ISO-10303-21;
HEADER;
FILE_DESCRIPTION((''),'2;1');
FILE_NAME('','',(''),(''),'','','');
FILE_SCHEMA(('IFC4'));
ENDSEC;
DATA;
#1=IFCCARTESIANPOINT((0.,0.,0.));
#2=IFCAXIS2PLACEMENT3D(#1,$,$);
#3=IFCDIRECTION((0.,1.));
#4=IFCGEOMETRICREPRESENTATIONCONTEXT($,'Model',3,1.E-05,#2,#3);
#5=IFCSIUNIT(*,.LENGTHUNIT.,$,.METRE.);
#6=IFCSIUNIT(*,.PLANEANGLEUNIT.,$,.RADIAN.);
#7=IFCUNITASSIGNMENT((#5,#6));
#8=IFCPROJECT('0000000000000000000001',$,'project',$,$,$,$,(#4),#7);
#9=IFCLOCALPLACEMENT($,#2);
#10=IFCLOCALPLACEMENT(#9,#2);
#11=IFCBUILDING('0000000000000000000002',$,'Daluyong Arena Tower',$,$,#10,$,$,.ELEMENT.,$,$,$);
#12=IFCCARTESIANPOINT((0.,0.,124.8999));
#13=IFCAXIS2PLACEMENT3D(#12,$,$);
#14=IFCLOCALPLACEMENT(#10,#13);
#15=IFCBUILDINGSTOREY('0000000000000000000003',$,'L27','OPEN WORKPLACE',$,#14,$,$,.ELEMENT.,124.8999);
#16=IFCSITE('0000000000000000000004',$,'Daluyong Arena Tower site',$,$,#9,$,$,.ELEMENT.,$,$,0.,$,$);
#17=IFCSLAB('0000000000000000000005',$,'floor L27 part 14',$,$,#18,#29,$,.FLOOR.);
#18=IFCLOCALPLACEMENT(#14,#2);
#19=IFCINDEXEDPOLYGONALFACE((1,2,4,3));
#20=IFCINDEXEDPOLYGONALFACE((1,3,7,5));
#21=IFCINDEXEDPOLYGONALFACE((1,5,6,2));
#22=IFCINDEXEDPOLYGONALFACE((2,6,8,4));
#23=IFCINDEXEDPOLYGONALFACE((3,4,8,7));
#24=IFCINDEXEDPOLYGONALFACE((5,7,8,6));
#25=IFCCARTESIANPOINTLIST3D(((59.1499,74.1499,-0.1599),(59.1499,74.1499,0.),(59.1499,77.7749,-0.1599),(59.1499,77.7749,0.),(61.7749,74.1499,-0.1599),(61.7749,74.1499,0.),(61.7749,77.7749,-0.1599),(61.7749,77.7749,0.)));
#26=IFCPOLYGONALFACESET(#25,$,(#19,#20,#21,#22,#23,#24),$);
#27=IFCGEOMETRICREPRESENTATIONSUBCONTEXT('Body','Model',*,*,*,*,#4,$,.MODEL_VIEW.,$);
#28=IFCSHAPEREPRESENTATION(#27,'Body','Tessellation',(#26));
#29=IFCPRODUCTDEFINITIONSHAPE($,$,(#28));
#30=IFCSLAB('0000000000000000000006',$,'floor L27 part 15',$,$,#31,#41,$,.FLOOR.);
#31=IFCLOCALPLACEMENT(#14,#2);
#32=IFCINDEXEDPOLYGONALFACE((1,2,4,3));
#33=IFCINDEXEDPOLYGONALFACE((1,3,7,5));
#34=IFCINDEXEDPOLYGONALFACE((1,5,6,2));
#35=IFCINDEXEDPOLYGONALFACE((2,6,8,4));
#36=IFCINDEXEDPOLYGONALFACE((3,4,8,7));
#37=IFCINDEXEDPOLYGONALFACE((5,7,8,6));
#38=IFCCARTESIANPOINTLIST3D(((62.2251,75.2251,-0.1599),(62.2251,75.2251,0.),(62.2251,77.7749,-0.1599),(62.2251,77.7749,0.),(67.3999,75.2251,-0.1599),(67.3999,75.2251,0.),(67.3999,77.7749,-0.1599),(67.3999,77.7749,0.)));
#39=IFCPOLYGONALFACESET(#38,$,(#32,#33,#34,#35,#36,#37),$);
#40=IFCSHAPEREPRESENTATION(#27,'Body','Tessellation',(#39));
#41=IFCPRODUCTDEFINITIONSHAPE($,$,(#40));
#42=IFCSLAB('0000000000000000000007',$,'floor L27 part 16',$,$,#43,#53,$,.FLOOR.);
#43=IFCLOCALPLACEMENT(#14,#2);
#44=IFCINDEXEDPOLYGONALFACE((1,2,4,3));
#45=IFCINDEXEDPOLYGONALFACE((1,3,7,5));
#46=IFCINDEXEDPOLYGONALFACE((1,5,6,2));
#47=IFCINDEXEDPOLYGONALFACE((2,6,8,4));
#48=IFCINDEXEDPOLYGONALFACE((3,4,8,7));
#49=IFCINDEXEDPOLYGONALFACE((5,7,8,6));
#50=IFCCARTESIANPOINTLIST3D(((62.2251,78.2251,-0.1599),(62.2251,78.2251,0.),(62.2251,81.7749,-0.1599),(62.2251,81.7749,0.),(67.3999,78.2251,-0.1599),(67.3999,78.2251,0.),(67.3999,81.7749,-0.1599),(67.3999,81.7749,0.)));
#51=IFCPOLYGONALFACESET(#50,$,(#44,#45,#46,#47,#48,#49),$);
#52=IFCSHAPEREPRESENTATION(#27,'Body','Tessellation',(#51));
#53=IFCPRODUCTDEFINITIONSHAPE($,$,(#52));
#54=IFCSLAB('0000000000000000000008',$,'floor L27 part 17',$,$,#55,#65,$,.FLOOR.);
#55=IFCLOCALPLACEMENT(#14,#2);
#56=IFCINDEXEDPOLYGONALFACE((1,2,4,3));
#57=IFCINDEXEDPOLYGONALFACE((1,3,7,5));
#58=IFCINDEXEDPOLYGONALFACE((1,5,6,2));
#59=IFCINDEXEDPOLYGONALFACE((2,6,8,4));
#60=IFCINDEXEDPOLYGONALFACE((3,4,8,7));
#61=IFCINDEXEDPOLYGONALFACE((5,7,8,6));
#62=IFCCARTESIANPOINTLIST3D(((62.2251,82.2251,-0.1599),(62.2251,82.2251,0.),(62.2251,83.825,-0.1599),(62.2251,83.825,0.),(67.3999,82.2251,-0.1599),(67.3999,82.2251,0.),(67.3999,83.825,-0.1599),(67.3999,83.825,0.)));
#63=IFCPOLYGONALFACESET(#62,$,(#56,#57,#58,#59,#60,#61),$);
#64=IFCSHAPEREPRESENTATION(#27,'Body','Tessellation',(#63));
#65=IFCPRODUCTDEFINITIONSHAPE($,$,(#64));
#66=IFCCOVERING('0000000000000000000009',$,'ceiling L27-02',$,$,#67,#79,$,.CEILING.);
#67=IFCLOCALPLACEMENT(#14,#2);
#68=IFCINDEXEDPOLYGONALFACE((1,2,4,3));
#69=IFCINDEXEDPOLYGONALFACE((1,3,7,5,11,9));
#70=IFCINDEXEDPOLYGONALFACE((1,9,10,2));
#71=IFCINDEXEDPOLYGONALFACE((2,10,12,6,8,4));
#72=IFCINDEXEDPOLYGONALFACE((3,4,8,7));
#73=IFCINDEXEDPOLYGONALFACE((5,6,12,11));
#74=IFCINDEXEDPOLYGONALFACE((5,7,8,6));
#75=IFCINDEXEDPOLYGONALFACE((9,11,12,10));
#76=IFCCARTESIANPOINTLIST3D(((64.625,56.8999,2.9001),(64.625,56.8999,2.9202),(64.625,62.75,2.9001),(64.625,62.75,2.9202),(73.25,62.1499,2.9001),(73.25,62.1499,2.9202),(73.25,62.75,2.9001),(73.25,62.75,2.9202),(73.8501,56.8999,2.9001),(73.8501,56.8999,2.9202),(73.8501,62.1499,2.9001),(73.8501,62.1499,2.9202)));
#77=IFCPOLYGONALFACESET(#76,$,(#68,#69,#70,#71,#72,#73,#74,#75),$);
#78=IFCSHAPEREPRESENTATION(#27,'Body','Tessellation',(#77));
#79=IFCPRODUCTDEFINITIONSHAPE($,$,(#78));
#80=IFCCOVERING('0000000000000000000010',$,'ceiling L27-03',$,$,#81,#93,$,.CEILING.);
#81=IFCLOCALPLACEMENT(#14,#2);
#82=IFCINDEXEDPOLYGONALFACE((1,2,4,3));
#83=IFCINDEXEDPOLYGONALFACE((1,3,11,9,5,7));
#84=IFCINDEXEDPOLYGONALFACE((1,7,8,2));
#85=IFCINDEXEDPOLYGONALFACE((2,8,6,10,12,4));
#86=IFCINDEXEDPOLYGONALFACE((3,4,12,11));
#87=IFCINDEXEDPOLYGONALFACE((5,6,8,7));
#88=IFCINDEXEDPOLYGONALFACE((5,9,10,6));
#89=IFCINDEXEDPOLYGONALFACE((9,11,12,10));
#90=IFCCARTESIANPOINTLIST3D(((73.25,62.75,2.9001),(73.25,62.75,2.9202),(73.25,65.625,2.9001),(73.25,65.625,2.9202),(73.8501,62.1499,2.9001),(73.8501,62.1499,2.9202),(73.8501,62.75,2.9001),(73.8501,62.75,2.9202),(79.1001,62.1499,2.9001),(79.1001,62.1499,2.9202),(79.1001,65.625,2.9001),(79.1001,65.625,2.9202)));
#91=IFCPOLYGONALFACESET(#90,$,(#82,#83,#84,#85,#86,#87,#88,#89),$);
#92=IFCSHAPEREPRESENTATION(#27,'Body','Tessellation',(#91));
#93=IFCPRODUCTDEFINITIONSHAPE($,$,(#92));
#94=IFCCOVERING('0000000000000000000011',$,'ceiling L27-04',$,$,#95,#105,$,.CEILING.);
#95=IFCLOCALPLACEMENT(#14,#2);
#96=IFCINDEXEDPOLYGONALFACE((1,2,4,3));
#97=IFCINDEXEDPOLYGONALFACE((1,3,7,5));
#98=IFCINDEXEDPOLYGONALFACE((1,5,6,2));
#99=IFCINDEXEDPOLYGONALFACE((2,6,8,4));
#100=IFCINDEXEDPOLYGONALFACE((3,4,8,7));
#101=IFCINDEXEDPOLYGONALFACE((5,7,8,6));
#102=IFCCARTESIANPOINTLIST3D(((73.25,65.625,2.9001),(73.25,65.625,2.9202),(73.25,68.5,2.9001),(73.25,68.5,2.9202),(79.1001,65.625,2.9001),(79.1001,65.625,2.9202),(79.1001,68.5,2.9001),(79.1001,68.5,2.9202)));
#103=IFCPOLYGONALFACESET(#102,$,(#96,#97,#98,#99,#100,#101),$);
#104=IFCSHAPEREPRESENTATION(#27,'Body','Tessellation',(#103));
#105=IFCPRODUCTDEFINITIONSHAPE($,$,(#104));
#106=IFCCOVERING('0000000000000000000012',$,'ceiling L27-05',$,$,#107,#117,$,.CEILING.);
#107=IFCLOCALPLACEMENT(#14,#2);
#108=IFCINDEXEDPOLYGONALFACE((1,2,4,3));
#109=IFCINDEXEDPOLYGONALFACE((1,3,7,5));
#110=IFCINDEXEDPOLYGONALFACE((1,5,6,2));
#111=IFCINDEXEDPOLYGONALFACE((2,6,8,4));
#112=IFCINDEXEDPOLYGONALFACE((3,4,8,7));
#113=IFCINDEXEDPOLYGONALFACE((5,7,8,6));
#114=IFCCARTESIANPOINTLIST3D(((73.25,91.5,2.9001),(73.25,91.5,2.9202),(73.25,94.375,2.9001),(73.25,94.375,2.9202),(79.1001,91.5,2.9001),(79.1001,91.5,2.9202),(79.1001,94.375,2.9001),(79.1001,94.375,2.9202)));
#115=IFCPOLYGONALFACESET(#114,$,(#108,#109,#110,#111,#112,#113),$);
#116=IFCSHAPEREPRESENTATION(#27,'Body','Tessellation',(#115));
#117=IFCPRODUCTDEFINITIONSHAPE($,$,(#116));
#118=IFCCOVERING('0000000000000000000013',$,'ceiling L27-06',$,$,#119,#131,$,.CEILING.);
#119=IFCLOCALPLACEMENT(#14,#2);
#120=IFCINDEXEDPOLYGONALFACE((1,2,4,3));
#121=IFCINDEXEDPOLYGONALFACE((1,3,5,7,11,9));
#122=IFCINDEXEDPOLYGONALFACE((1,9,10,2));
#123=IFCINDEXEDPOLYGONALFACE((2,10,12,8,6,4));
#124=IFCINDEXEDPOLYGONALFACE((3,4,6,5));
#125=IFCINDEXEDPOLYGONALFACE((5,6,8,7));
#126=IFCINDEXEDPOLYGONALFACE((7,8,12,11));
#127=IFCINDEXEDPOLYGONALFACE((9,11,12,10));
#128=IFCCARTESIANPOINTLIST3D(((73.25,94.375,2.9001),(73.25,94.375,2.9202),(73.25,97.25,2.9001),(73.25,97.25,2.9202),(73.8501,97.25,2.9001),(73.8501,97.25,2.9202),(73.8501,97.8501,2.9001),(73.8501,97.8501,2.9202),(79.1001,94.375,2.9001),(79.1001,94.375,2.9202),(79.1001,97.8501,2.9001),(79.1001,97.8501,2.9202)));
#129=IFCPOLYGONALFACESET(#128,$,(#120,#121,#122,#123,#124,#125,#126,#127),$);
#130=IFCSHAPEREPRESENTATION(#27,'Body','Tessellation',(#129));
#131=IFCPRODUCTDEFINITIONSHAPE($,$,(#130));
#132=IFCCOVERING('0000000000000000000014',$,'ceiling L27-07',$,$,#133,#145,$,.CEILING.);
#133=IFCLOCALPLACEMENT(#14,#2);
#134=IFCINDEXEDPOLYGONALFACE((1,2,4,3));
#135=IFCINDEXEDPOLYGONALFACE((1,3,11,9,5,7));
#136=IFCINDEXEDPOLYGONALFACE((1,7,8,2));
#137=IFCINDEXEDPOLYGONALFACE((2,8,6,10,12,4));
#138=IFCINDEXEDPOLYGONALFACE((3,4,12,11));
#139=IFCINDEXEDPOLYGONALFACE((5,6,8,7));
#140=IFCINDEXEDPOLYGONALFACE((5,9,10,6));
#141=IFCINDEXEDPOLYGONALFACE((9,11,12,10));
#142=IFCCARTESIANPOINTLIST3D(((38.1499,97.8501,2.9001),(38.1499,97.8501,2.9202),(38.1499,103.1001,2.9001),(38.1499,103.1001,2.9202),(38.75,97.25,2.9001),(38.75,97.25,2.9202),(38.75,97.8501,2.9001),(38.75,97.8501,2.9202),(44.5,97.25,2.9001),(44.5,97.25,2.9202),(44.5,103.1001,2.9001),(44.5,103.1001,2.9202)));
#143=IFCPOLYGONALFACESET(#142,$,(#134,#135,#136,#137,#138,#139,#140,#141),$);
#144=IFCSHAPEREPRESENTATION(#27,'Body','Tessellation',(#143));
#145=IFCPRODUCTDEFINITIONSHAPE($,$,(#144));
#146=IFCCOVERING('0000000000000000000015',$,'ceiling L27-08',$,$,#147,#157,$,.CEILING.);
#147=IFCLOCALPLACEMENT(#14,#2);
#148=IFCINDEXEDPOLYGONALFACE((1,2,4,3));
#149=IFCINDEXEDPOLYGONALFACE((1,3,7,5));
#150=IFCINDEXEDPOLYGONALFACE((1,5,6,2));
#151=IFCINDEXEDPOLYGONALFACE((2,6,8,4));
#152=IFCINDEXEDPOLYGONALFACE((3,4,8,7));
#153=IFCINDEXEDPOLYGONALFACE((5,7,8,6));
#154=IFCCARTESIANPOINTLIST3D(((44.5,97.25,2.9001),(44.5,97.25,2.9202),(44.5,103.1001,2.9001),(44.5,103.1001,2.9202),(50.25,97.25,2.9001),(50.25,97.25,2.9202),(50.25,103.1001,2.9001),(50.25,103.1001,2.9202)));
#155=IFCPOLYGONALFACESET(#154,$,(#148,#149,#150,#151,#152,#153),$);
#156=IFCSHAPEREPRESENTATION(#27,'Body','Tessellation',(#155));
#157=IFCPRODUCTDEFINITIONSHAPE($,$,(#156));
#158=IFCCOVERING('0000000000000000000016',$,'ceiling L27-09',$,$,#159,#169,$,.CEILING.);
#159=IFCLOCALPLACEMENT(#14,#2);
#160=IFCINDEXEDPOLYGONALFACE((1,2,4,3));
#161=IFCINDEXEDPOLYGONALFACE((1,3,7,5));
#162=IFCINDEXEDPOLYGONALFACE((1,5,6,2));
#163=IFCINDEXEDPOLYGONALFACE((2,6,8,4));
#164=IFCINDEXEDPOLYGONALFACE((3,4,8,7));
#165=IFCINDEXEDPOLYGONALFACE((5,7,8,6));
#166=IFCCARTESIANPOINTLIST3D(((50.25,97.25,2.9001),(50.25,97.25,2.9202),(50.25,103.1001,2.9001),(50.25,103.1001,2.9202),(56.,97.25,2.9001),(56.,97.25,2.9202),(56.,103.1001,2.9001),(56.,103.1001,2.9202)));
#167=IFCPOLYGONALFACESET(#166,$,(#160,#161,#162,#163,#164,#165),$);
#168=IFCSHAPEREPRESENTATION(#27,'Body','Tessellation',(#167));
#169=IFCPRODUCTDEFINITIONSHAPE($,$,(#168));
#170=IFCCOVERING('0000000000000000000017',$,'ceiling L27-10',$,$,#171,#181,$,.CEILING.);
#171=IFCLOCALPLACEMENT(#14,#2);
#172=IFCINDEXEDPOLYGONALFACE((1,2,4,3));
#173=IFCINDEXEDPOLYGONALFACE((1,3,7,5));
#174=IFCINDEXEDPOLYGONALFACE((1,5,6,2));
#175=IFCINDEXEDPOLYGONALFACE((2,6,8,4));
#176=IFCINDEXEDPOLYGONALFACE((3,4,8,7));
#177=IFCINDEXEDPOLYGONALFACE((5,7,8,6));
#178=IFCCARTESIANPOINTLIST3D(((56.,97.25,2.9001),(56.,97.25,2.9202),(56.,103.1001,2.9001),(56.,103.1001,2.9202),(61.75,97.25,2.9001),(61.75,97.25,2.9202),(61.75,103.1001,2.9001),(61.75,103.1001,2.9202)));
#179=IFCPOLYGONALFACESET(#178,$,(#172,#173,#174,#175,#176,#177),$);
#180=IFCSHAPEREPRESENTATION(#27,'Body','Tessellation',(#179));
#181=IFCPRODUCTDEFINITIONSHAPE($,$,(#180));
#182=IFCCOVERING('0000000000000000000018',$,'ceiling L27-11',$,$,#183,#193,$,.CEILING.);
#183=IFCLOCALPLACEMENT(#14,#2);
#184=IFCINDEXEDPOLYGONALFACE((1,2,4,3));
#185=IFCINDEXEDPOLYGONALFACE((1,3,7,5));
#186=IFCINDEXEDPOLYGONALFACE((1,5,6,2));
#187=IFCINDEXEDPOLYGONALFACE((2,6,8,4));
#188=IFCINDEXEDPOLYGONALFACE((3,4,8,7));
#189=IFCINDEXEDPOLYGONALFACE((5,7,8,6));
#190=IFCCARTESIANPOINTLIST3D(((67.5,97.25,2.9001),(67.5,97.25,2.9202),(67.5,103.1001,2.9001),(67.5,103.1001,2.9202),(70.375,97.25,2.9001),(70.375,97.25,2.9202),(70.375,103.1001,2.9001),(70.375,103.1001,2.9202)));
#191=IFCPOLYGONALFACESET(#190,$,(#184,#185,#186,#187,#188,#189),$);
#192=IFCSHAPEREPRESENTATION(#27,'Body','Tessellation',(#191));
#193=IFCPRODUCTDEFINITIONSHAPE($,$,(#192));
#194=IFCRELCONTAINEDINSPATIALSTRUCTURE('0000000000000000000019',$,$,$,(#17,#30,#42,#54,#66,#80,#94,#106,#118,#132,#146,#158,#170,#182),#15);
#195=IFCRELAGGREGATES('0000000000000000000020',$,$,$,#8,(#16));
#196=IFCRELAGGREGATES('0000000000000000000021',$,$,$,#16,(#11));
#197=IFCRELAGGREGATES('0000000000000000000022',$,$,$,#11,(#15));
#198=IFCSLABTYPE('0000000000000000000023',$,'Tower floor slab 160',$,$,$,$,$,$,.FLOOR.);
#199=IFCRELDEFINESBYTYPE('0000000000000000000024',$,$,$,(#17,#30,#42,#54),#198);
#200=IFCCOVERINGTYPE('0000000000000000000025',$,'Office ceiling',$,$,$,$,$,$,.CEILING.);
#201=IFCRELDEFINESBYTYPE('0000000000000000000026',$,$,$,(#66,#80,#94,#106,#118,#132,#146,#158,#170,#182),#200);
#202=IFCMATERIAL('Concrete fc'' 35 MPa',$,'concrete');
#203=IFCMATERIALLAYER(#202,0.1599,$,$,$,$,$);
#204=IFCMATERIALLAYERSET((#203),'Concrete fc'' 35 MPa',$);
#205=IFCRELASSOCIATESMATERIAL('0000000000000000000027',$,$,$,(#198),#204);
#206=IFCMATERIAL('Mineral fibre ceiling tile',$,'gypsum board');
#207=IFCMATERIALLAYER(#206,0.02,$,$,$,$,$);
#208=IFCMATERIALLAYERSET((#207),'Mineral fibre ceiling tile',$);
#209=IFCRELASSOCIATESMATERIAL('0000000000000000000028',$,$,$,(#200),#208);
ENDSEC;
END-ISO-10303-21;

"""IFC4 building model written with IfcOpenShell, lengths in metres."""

from ifc_helpers import new_model, si_unit, direction, frame, origin, place, context, subcontext, project, spatial, polyline, outline, extrude, material, layer, layer_set, type_object, element, save


model = new_model("IFC4")

# Units and contexts
model_context = context("Model", 3, precision=1e-05, world=origin(), true_north=direction((0.0, 1.0)))
body_context = subcontext(model_context, "Body", "Model", "MODEL_VIEW")
ifc_project = project(units=[si_unit("LENGTHUNIT", "METRE"), si_unit("PLANEANGLEUNIT", "RADIAN")], contexts=[model_context])

# Site, building, storey
site_placement = place(None, origin())
site = spatial("IfcSite", under=ifc_project, at=site_placement, Name="Daluyong Arena Tower site", CompositionType="ELEMENT", RefElevation=0.0)
building_placement = place(site_placement, origin())
building = spatial("IfcBuilding", under=site, at=building_placement, Name="Daluyong Arena Tower", CompositionType="ELEMENT")
storey_placement = place(building_placement, frame((0.0, 0.0, 124.8999)))
storey = spatial("IfcBuildingStorey", under=building, at=storey_placement, Name="L27", Description="OPEN WORKPLACE", CompositionType="ELEMENT", Elevation=124.8999)

# Slabs
ifc_material_1 = material(Name="Concrete fc' 35 MPa", Category="concrete")
ifc_layer_1 = layer(ifc_material_1, 0.1599)
ifc_layer_set_1 = layer_set([ifc_layer_1], Name="Concrete fc' 35 MPa")
slab_type = type_object("IfcSlabType", Name="Tower floor slab 160", PredefinedType="FLOOR", material=ifc_layer_set_1)
slab_1_placement = place(storey_placement, frame((0.0, 0.0, -0.1599)))
element("IfcSlab", 1, at=slab_1_placement, inside=storey, type_object=slab_type, Name="floor L27 part 14", PredefinedType="FLOOR", context=body_context, shape_type="SweptSolid", body=[
    extrude(outline(polyline([(59.1499, 77.7749), (59.1499, 74.1499), (61.7749, 74.1499), (61.7749, 77.7749), (59.1499, 77.7749)])), origin(), (0.0, 0.0, 1.0), 0.1599),
])
slab_2_placement = place(storey_placement, frame((0.0, 0.0, -0.1599)))
element("IfcSlab", 2, at=slab_2_placement, inside=storey, type_object=slab_type, Name="floor L27 part 15", PredefinedType="FLOOR", context=body_context, shape_type="SweptSolid", body=[
    extrude(outline(polyline([(62.2251, 75.2251), (67.3999, 75.2251), (67.3999, 77.7749), (62.2251, 77.7749), (62.2251, 75.2251)])), origin(), (0.0, 0.0, 1.0), 0.1599),
])
slab_3_placement = place(storey_placement, frame((0.0, 0.0, -0.1599)))
element("IfcSlab", 3, at=slab_3_placement, inside=storey, type_object=slab_type, Name="floor L27 part 16", PredefinedType="FLOOR", context=body_context, shape_type="SweptSolid", body=[
    extrude(outline(polyline([(62.2251, 78.2251), (67.3999, 78.2251), (67.3999, 81.7749), (62.2251, 81.7749), (62.2251, 78.2251)])), origin(), (0.0, 0.0, 1.0), 0.1599),
])
slab_4_placement = place(storey_placement, frame((0.0, 0.0, -0.1599)))
element("IfcSlab", 4, at=slab_4_placement, inside=storey, type_object=slab_type, Name="floor L27 part 17", PredefinedType="FLOOR", context=body_context, shape_type="SweptSolid", body=[
    extrude(outline(polyline([(62.2251, 82.2251), (67.3999, 82.2251), (67.3999, 83.825), (62.2251, 83.825), (62.2251, 82.2251)])), origin(), (0.0, 0.0, 1.0), 0.1599),
])

# Coverings
ifc_material_2 = material(Name="Mineral fibre ceiling tile", Category="gypsum board")
ifc_layer_2 = layer(ifc_material_2, 0.02)
ifc_layer_set_2 = layer_set([ifc_layer_2], Name="Mineral fibre ceiling tile")
covering_type = type_object("IfcCoveringType", Name="Office ceiling", PredefinedType="CEILING", material=ifc_layer_set_2)
covering_1_placement = place(storey_placement, frame((0.0, 0.0, 2.9001)))
element("IfcCovering", 5, at=covering_1_placement, inside=storey, type_object=covering_type, Name="ceiling L27-02", PredefinedType="CEILING", context=body_context, shape_type="SweptSolid", body=[
    extrude(outline(polyline([(73.8501, 56.8999), (73.8501, 62.1499), (73.25, 62.1499), (73.25, 62.75), (64.625, 62.75), (64.625, 56.8999), (73.8501, 56.8999)])), origin(), (0.0, 0.0, 1.0), 0.02),
])
covering_2_placement = place(storey_placement, frame((0.0, 0.0, 2.9001)))
element("IfcCovering", 6, at=covering_2_placement, inside=storey, type_object=covering_type, Name="ceiling L27-03", PredefinedType="CEILING", context=body_context, shape_type="SweptSolid", body=[
    extrude(outline(polyline([(73.8501, 62.1499), (79.1001, 62.1499), (79.1001, 65.625), (73.25, 65.625), (73.25, 62.75), (73.8501, 62.75), (73.8501, 62.1499)])), origin(), (0.0, 0.0, 1.0), 0.02),
])
covering_3_placement = place(storey_placement, frame((0.0, 0.0, 2.9001)))
element("IfcCovering", 7, at=covering_3_placement, inside=storey, type_object=covering_type, Name="ceiling L27-04", PredefinedType="CEILING", context=body_context, shape_type="SweptSolid", body=[
    extrude(outline(polyline([(73.25, 65.625), (79.1001, 65.625), (79.1001, 68.5), (73.25, 68.5), (73.25, 65.625)])), origin(), (0.0, 0.0, 1.0), 0.02),
])
covering_4_placement = place(storey_placement, frame((0.0, 0.0, 2.9001)))
element("IfcCovering", 8, at=covering_4_placement, inside=storey, type_object=covering_type, Name="ceiling L27-05", PredefinedType="CEILING", context=body_context, shape_type="SweptSolid", body=[
    extrude(outline(polyline([(73.25, 91.5), (79.1001, 91.5), (79.1001, 94.375), (73.25, 94.375), (73.25, 91.5)])), origin(), (0.0, 0.0, 1.0), 0.02),
])
covering_5_placement = place(storey_placement, frame((0.0, 0.0, 2.9001)))
element("IfcCovering", 9, at=covering_5_placement, inside=storey, type_object=covering_type, Name="ceiling L27-06", PredefinedType="CEILING", context=body_context, shape_type="SweptSolid", body=[
    extrude(outline(polyline([(73.25, 94.375), (79.1001, 94.375), (79.1001, 97.8501), (73.8501, 97.8501), (73.8501, 97.25), (73.25, 97.25), (73.25, 94.375)])), origin(), (0.0, 0.0, 1.0), 0.02),
])
covering_6_placement = place(storey_placement, frame((0.0, 0.0, 2.9001)))
element("IfcCovering", 10, at=covering_6_placement, inside=storey, type_object=covering_type, Name="ceiling L27-07", PredefinedType="CEILING", context=body_context, shape_type="SweptSolid", body=[
    extrude(outline(polyline([(44.5, 97.25), (44.5, 103.1001), (38.1499, 103.1001), (38.1499, 97.8501), (38.75, 97.8501), (38.75, 97.25), (44.5, 97.25)])), origin(), (0.0, 0.0, 1.0), 0.02),
])
covering_7_placement = place(storey_placement, frame((0.0, 0.0, 2.9001)))
element("IfcCovering", 11, at=covering_7_placement, inside=storey, type_object=covering_type, Name="ceiling L27-08", PredefinedType="CEILING", context=body_context, shape_type="SweptSolid", body=[
    extrude(outline(polyline([(50.25, 97.25), (50.25, 103.1001), (44.5, 103.1001), (44.5, 97.25), (50.25, 97.25)])), origin(), (0.0, 0.0, 1.0), 0.02),
])
covering_8_placement = place(storey_placement, frame((0.0, 0.0, 2.9001)))
element("IfcCovering", 12, at=covering_8_placement, inside=storey, type_object=covering_type, Name="ceiling L27-09", PredefinedType="CEILING", context=body_context, shape_type="SweptSolid", body=[
    extrude(outline(polyline([(56.0, 97.25), (56.0, 103.1001), (50.25, 103.1001), (50.25, 97.25), (56.0, 97.25)])), origin(), (0.0, 0.0, 1.0), 0.02),
])
covering_9_placement = place(storey_placement, frame((0.0, 0.0, 2.9001)))
element("IfcCovering", 13, at=covering_9_placement, inside=storey, type_object=covering_type, Name="ceiling L27-10", PredefinedType="CEILING", context=body_context, shape_type="SweptSolid", body=[
    extrude(outline(polyline([(61.75, 97.25), (61.75, 103.1001), (56.0, 103.1001), (56.0, 97.25), (61.75, 97.25)])), origin(), (0.0, 0.0, 1.0), 0.02),
])
covering_10_placement = place(storey_placement, frame((0.0, 0.0, 2.9001)))
element("IfcCovering", 14, at=covering_10_placement, inside=storey, type_object=covering_type, Name="ceiling L27-11", PredefinedType="CEILING", context=body_context, shape_type="SweptSolid", body=[
    extrude(outline(polyline([(70.375, 97.25), (70.375, 103.1001), (67.5, 103.1001), (67.5, 97.25), (70.375, 97.25)])), origin(), (0.0, 0.0, 1.0), 0.02),
])

save(model, "model.ifc")
